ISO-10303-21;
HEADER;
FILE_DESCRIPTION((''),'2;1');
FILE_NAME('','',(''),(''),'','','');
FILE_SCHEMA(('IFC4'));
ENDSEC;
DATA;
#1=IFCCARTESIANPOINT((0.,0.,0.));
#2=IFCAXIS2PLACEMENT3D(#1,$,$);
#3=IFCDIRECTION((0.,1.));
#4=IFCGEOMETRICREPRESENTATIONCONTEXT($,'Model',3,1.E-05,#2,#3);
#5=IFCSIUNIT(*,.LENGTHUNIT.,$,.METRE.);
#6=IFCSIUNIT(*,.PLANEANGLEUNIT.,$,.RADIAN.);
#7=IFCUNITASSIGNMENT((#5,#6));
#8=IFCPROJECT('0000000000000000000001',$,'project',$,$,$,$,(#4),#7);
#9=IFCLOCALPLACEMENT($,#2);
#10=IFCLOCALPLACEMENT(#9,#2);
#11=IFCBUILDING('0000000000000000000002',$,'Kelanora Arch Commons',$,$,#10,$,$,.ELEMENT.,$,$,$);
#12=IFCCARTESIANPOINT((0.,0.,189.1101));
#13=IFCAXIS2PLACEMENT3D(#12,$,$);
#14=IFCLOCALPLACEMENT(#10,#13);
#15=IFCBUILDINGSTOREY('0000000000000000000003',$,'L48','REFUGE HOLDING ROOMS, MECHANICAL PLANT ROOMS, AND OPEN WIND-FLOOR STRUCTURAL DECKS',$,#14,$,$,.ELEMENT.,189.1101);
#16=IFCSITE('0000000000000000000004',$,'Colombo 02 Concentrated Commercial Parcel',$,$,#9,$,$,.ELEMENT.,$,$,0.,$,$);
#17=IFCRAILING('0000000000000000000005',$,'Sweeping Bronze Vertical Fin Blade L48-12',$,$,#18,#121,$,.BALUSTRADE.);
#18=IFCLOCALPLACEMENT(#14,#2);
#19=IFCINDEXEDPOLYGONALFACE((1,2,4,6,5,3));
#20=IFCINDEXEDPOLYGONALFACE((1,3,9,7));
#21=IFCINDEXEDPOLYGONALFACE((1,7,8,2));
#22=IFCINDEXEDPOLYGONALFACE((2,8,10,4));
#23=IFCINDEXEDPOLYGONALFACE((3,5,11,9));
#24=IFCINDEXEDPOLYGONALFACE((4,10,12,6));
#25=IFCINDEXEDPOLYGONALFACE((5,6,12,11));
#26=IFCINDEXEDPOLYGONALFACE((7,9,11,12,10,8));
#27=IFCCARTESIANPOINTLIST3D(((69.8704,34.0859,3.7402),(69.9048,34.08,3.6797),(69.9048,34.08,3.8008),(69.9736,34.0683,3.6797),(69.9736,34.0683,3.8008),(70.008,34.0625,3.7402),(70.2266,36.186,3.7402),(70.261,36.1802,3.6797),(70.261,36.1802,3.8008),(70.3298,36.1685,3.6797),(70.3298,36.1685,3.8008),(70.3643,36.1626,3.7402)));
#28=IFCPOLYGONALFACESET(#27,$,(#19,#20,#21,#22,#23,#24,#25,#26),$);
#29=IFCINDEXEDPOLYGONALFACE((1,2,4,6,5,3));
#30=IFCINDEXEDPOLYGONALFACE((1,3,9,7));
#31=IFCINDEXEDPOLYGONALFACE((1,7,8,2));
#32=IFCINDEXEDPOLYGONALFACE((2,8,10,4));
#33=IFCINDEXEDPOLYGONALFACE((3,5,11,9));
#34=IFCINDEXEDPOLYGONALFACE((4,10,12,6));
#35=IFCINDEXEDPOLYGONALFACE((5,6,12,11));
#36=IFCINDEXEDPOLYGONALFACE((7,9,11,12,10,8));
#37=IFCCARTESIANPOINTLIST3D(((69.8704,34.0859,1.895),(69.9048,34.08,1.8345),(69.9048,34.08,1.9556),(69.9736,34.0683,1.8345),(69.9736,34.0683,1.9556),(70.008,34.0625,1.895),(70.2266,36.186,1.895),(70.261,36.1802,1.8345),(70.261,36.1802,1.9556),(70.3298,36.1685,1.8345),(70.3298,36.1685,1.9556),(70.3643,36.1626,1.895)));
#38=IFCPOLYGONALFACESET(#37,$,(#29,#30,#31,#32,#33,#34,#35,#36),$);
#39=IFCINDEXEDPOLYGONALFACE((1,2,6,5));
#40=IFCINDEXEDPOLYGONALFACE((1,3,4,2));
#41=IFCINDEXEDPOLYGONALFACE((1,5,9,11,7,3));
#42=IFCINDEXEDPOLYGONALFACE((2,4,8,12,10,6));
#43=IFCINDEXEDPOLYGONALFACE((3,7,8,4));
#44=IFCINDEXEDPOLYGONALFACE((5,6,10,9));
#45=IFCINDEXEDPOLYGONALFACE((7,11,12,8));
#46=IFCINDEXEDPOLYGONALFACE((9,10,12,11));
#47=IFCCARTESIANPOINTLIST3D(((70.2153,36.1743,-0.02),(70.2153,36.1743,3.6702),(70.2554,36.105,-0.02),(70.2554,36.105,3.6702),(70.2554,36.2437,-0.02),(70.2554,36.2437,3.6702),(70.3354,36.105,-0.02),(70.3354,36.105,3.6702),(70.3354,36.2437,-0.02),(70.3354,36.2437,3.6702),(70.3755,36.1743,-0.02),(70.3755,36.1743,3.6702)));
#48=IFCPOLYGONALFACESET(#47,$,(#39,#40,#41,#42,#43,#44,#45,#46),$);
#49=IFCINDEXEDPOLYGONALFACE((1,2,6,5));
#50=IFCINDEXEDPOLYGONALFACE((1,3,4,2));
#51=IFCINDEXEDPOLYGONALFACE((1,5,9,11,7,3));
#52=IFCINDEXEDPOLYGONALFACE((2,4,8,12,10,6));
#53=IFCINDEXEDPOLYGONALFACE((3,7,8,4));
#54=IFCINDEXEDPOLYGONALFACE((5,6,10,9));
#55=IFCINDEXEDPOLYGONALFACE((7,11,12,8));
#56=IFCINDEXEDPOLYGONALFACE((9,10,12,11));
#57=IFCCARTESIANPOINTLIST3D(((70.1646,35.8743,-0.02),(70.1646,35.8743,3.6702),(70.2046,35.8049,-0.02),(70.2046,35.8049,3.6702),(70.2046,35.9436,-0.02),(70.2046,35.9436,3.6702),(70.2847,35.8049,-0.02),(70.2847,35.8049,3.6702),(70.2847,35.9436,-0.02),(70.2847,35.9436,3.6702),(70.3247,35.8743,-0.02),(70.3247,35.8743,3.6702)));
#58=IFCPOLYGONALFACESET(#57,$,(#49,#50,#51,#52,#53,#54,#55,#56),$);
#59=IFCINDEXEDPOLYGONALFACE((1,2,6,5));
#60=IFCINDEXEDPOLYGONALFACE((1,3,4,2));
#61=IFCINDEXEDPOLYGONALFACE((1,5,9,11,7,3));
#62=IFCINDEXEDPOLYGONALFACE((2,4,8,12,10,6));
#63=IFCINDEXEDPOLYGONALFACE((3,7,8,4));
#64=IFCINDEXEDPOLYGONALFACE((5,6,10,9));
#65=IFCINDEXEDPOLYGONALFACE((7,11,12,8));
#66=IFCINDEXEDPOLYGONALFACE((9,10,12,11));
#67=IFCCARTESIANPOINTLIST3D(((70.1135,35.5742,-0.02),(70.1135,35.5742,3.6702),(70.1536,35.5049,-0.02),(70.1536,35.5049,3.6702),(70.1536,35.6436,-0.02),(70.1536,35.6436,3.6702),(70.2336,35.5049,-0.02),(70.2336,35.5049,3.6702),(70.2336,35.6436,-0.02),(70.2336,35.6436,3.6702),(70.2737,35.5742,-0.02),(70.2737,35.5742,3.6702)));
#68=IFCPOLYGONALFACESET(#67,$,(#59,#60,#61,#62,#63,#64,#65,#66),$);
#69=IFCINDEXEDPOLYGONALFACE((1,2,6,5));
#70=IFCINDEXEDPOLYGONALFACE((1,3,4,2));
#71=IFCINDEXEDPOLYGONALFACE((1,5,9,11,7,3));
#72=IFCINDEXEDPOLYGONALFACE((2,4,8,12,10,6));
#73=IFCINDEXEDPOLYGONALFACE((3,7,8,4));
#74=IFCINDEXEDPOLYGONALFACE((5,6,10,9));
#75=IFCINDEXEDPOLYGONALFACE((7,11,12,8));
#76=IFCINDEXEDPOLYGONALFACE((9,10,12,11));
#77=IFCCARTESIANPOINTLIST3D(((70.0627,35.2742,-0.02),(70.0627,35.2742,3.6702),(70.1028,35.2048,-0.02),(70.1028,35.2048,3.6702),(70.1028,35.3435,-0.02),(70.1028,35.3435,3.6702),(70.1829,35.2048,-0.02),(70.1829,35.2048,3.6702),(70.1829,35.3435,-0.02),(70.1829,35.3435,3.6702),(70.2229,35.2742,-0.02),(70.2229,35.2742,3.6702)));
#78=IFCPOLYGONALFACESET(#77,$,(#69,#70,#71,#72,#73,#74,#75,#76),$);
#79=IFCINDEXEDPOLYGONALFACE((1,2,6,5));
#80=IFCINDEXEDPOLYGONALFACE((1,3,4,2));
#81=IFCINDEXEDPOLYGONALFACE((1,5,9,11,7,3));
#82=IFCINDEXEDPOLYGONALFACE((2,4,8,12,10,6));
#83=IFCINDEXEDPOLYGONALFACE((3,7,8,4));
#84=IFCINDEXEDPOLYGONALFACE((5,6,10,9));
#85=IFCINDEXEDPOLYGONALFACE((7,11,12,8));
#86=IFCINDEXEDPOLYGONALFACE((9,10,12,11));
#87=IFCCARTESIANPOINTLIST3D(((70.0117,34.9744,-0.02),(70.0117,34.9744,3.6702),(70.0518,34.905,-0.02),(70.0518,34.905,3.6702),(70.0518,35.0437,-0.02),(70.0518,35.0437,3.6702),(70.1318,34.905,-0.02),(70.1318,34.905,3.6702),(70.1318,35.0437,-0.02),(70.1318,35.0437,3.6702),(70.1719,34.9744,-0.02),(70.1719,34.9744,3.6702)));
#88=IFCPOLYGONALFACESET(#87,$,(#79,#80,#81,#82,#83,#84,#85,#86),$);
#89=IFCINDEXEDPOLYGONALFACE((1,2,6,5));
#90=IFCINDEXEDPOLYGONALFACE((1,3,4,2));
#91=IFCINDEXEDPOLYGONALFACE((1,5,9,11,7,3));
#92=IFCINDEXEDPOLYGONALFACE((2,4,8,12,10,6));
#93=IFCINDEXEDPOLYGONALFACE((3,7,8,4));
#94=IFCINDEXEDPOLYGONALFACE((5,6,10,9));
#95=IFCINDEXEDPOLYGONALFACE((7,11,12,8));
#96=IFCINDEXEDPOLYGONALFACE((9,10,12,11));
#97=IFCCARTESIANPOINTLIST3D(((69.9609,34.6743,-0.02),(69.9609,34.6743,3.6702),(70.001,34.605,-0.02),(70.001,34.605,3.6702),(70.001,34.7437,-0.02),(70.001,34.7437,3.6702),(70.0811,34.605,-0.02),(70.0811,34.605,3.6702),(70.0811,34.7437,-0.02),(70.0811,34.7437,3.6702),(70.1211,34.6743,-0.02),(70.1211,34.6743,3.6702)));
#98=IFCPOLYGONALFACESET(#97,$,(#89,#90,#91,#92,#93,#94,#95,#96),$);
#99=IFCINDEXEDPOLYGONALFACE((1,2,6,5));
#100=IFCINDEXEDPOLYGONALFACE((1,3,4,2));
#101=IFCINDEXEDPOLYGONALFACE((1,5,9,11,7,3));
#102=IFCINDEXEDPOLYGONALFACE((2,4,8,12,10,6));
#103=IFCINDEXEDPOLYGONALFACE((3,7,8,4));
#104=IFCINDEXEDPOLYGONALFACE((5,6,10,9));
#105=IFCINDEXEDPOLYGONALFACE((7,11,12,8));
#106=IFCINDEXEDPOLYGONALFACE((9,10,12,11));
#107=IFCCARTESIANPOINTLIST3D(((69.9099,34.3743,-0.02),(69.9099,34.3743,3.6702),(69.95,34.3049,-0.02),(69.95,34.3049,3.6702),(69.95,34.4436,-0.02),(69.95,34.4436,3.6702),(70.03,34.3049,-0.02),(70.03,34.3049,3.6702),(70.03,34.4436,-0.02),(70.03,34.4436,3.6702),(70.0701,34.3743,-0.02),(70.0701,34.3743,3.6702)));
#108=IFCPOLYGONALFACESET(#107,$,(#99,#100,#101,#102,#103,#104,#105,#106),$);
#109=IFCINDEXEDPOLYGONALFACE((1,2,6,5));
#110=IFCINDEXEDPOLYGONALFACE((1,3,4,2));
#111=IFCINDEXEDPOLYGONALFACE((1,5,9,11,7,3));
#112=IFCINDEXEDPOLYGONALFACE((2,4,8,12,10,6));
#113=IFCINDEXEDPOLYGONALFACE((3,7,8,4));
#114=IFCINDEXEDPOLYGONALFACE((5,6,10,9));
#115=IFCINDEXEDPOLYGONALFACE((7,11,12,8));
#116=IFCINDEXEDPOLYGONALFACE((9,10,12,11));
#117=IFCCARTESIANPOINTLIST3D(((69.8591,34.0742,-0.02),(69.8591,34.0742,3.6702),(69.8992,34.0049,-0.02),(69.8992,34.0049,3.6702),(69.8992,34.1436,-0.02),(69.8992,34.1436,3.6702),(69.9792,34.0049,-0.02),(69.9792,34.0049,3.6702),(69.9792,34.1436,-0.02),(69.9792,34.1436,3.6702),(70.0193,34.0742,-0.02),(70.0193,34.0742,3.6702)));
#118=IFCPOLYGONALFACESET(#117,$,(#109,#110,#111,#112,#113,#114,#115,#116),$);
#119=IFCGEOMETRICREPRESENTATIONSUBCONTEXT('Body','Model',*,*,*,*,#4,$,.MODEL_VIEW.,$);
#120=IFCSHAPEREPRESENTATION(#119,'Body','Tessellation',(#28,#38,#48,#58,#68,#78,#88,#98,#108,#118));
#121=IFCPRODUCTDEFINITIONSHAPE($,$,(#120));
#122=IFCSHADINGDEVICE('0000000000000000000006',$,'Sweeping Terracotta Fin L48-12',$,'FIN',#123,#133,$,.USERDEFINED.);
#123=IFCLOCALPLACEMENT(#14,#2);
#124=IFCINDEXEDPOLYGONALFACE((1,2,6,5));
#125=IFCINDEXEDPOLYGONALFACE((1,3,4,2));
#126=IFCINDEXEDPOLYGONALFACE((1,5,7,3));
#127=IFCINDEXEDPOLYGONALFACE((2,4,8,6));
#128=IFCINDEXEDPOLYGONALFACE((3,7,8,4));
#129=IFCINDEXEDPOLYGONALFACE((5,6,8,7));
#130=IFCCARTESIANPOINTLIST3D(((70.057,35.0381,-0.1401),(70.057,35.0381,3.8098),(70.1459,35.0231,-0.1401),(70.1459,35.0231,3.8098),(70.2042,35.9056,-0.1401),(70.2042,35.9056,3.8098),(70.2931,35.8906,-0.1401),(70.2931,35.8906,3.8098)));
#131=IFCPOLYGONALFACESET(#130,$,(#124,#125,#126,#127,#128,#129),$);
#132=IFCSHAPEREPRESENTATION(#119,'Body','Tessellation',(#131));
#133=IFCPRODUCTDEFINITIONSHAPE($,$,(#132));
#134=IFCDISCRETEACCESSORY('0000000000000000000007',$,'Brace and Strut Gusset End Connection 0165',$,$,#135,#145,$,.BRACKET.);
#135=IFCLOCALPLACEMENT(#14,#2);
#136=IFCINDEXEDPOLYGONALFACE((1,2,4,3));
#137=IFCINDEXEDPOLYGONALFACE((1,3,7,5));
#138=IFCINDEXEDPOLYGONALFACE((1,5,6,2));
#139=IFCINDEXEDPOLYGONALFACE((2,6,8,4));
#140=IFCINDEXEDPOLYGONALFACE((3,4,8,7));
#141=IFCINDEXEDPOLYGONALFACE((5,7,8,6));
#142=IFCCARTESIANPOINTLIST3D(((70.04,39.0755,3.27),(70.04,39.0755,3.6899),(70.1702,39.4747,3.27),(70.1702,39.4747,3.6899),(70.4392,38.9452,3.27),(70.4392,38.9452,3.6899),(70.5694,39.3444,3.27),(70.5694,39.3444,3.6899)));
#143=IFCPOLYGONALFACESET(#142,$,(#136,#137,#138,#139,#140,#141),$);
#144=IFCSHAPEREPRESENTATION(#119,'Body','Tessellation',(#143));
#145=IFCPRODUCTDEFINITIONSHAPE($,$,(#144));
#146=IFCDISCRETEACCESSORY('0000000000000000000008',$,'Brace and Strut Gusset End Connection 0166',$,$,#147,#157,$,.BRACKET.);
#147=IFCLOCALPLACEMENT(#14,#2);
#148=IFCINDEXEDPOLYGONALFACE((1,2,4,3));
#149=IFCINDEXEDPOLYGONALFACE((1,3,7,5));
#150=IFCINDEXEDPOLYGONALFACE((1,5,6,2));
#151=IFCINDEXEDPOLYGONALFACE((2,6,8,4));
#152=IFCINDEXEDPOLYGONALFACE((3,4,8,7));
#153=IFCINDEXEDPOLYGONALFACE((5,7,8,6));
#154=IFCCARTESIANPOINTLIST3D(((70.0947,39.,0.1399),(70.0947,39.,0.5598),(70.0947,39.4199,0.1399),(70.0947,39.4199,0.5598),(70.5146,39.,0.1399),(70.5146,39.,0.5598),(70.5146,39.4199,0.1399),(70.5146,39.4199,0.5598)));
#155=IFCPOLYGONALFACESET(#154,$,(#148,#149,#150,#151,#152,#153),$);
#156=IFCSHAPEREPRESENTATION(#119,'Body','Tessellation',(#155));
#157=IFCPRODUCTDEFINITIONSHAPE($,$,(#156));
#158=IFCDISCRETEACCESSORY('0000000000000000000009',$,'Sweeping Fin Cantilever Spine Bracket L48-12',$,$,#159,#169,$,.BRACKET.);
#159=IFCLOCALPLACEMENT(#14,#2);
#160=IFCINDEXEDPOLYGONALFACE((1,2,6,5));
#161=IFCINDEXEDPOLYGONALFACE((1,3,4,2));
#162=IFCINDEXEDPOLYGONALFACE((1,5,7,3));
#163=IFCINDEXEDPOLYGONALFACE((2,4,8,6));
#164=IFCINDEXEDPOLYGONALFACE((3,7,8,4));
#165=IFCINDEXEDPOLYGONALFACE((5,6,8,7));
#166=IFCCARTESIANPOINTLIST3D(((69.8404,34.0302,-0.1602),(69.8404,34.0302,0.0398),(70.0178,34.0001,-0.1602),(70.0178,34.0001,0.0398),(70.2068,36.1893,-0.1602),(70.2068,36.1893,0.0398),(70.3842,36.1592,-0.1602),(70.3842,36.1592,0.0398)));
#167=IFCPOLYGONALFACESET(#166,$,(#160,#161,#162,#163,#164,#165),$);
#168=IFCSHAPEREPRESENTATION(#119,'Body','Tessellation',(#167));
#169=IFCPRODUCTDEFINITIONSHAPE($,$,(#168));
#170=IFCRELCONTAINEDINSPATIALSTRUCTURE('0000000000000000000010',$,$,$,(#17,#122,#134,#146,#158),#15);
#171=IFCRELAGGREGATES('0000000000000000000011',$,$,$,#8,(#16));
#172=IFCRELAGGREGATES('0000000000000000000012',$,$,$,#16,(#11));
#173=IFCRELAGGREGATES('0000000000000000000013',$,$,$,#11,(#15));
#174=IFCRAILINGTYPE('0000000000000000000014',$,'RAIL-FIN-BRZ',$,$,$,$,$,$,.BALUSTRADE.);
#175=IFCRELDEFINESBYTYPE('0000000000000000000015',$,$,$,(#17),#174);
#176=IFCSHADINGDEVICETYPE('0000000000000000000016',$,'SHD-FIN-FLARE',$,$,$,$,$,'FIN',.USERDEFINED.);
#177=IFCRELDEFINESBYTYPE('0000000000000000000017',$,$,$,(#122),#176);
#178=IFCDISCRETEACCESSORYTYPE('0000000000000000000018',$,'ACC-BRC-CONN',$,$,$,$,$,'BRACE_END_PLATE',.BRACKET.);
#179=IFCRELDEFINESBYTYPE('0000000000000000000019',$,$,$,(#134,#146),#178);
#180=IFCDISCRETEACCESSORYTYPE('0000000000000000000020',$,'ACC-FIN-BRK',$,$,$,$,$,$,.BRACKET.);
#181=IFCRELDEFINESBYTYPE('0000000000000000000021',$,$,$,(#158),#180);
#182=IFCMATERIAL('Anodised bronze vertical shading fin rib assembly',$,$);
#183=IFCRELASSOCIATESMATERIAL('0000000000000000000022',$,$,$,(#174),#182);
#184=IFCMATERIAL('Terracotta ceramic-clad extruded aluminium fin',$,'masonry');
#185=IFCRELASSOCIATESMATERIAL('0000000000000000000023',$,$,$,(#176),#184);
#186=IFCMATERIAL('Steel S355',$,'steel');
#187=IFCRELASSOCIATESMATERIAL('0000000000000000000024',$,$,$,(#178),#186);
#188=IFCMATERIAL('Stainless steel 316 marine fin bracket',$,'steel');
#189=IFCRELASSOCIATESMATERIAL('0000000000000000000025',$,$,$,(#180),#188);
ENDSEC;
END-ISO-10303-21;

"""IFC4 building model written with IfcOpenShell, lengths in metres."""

from ifc_helpers import new_model, si_unit, direction, frame, origin, origin_2d, place, context, subcontext, project, spatial, polyline, rectangle, outline, extrude, source, transform, mapped, material, type_object, element, save


model = new_model("IFC4")

# Units and contexts
model_context = context("Model", 3, precision=1e-05, world=origin(), true_north=direction((0.0, 1.0)))
body_context = subcontext(model_context, "Body", "Model", "MODEL_VIEW")
ifc_project = project(units=[si_unit("LENGTHUNIT", "METRE"), si_unit("PLANEANGLEUNIT", "RADIAN")], contexts=[model_context])

# Site, building, storey
site_placement = place(None, origin())
site = spatial("IfcSite", under=ifc_project, at=site_placement, Name="Colombo 02 Concentrated Commercial Parcel", CompositionType="ELEMENT", RefElevation=0.0)
building_placement = place(site_placement, origin())
building = spatial("IfcBuilding", under=site, at=building_placement, Name="Kelanora Arch Commons", CompositionType="ELEMENT")
storey_placement = place(building_placement, frame((0.0, 0.0, 189.1101)))
storey = spatial("IfcBuildingStorey", under=building, at=storey_placement, Name="L48", Description="REFUGE HOLDING ROOMS, MECHANICAL PLANT ROOMS, AND OPEN WIND-FLOOR STRUCTURAL DECKS", CompositionType="ELEMENT", Elevation=189.1101)

# Shared definitions
ifc_material_1 = material(Name="Steel S355", Category="steel")

# Railing
ifc_material_2 = material(Name="Anodised bronze vertical shading fin rib assembly")
railing_type = type_object("IfcRailingType", Name="RAIL-FIN-BRZ", PredefinedType="BALUSTRADE", material=ifc_material_2)
railing_placement = place(storey_placement, frame((70.2954, 36.1743, -0.02)))
element("IfcRailing", 1, at=railing_placement, inside=storey, type_object=railing_type, Name="Sweeping Bronze Vertical Fin Blade L48-12", PredefinedType="BALUSTRADE", context=body_context, shape_type="SweptSolid", body=[
    extrude(outline(polyline([(0.0698, 0.0), (0.0349, 0.0605), (-0.0349, 0.0605), (-0.0698, 0.0), (-0.0349, -0.0605), (0.0349, -0.0605), (0.0698, 0.0)])), frame((0.0, 0.0, 3.7603), z_axis=(-0.167223, -0.985919, 0.0), x_axis=(0.985919, -0.167223, 0.0)), (0.0, 0.0, 1.0), 2.1301),
    extrude(outline(polyline([(0.0698, 0.0), (0.0349, 0.0605), (-0.0349, 0.0605), (-0.0698, 0.0), (-0.0349, -0.0605), (0.0349, -0.0605), (0.0698, 0.0)])), frame((0.0, 0.0, 1.915), z_axis=(-0.167223, -0.985919, 0.0), x_axis=(0.985919, -0.167223, 0.0)), (0.0, 0.0, 1.0), 2.1301),
    extrude(outline(polyline([(0.0801, 0.0), (0.04, 0.0693), (-0.04, 0.0693), (-0.0801, 0.0), (-0.04, -0.0693), (0.04, -0.0693), (0.0801, 0.0)])), origin(), (0.0, 0.0, 1.0), 3.6902),
    extrude(outline(polyline([(0.0801, 0.0), (0.04, 0.0693), (-0.04, 0.0693), (-0.0801, 0.0), (-0.04, -0.0693), (0.04, -0.0693), (0.0801, 0.0)])), frame((-0.0508, -0.3, 0.0)), (0.0, 0.0, 1.0), 3.6902),
    extrude(outline(polyline([(0.0801, 0.0), (0.04, 0.0693), (-0.04, 0.0693), (-0.0801, 0.0), (-0.04, -0.0693), (0.04, -0.0693), (0.0801, 0.0)])), frame((-0.1018, -0.6001, 0.0)), (0.0, 0.0, 1.0), 3.6902),
    extrude(outline(polyline([(0.0801, 0.0), (0.04, 0.0693), (-0.04, 0.0693), (-0.0801, 0.0), (-0.04, -0.0693), (0.04, -0.0693), (0.0801, 0.0)])), frame((-0.1526, -0.9001, 0.0)), (0.0, 0.0, 1.0), 3.6902),
    extrude(outline(polyline([(0.0801, 0.0), (0.04, 0.0693), (-0.04, 0.0693), (-0.0801, 0.0), (-0.04, -0.0693), (0.04, -0.0693), (0.0801, 0.0)])), frame((-0.2036, -1.2, 0.0)), (0.0, 0.0, 1.0), 3.6902),
    extrude(outline(polyline([(0.0801, 0.0), (0.04, 0.0693), (-0.04, 0.0693), (-0.0801, 0.0), (-0.04, -0.0693), (0.04, -0.0693), (0.0801, 0.0)])), frame((-0.2544, -1.5, 0.0)), (0.0, 0.0, 1.0), 3.6902),
    extrude(outline(polyline([(0.0801, 0.0), (0.04, 0.0693), (-0.04, 0.0693), (-0.0801, 0.0), (-0.04, -0.0693), (0.04, -0.0693), (0.0801, 0.0)])), frame((-0.3054, -1.8, 0.0)), (0.0, 0.0, 1.0), 3.6902),
    extrude(outline(polyline([(0.0801, 0.0), (0.04, 0.0693), (-0.04, 0.0693), (-0.0801, 0.0), (-0.04, -0.0693), (0.04, -0.0693), (0.0801, 0.0)])), frame((-0.3562, -2.1001, 0.0)), (0.0, 0.0, 1.0), 3.6902),
])

# Shading device
ifc_material_3 = material(Name="Terracotta ceramic-clad extruded aluminium fin", Category="masonry")
shading_device_type = type_object("IfcShadingDeviceType", Name="SHD-FIN-FLARE", ElementType="FIN", PredefinedType="USERDEFINED", material=ifc_material_3)
shared_shape_1 = source(origin(), body_context, "Body", "SweptSolid", [
    extrude(rectangle(XDim=0.8799, YDim=0.0901, at=origin_2d()), origin(), (0.0, 0.0, 1.0), 3.95),
])
shading_device_placement = place(storey_placement, frame((70.175, 35.4644, -0.1401), z_axis=(0.0, 0.0, 1.0), x_axis=(-0.167285, -0.985909, 0.0)))
element("IfcShadingDevice", 2, at=shading_device_placement, inside=storey, type_object=shading_device_type, Name="Sweeping Terracotta Fin L48-12", ObjectType="FIN", PredefinedType="USERDEFINED", context=body_context, shape_type="MappedRepresentation", body=[
    mapped(shared_shape_1, transform((0.0, 0.0, 0.0), scale=1.0)),
])

# Discrete accessories
discrete_accessory_type_1 = type_object("IfcDiscreteAccessoryType", Name="ACC-BRC-CONN", ElementType="BRACE_END_PLATE", PredefinedType="BRACKET", material=ifc_material_1)
shared_shape_2 = source(origin(), body_context, "Body", "SweptSolid", [
    extrude(rectangle(XDim=0.4199, YDim=0.4199, at=origin_2d()), origin(), (0.0, 0.0, 1.0), 0.4199),
])
for number, where, z_axis, x_axis, name in (
    (3, (70.3047, 39.21, 3.27), (0.0, 0.0, 1.0), (0.950678, -0.310179, 0.0), "Brace and Strut Gusset End Connection 0165"),
    (4, (70.3047, 39.21, 0.1399), (0.0, 0.0, 1.0), (1.0, 0.0, 0.0), "Brace and Strut Gusset End Connection 0166"),
):
    element("IfcDiscreteAccessory", number, at=place(storey_placement, frame(where, z_axis=z_axis, x_axis=x_axis)), inside=storey, type_object=discrete_accessory_type_1, Name=name, PredefinedType="BRACKET", context=body_context, shape_type="MappedRepresentation", body=[
        mapped(shared_shape_2, transform((0.0, 0.0, 0.0), scale=1.0)),
    ])
ifc_material_4 = material(Name="Stainless steel 316 marine fin bracket", Category="steel")
discrete_accessory_type_2 = type_object("IfcDiscreteAccessoryType", Name="ACC-FIN-BRK", PredefinedType="BRACKET", material=ifc_material_4)
shared_shape_3 = source(origin(), body_context, "Body", "SweptSolid", [
    extrude(rectangle(XDim=2.1899, YDim=0.1799, at=origin_2d()), origin(), (0.0, 0.0, 1.0), 0.2),
])
discrete_accessory_placement = place(storey_placement, frame((70.1123, 35.0947, -0.1602), z_axis=(0.0, 0.0, 1.0), x_axis=(-0.167285, -0.985909, 0.0)))
element("IfcDiscreteAccessory", 5, at=discrete_accessory_placement, inside=storey, type_object=discrete_accessory_type_2, Name="Sweeping Fin Cantilever Spine Bracket L48-12", PredefinedType="BRACKET", context=body_context, shape_type="MappedRepresentation", body=[
    mapped(shared_shape_3, transform((0.0, 0.0, 0.0), scale=1.0)),
])

save(model, "model.ifc")
